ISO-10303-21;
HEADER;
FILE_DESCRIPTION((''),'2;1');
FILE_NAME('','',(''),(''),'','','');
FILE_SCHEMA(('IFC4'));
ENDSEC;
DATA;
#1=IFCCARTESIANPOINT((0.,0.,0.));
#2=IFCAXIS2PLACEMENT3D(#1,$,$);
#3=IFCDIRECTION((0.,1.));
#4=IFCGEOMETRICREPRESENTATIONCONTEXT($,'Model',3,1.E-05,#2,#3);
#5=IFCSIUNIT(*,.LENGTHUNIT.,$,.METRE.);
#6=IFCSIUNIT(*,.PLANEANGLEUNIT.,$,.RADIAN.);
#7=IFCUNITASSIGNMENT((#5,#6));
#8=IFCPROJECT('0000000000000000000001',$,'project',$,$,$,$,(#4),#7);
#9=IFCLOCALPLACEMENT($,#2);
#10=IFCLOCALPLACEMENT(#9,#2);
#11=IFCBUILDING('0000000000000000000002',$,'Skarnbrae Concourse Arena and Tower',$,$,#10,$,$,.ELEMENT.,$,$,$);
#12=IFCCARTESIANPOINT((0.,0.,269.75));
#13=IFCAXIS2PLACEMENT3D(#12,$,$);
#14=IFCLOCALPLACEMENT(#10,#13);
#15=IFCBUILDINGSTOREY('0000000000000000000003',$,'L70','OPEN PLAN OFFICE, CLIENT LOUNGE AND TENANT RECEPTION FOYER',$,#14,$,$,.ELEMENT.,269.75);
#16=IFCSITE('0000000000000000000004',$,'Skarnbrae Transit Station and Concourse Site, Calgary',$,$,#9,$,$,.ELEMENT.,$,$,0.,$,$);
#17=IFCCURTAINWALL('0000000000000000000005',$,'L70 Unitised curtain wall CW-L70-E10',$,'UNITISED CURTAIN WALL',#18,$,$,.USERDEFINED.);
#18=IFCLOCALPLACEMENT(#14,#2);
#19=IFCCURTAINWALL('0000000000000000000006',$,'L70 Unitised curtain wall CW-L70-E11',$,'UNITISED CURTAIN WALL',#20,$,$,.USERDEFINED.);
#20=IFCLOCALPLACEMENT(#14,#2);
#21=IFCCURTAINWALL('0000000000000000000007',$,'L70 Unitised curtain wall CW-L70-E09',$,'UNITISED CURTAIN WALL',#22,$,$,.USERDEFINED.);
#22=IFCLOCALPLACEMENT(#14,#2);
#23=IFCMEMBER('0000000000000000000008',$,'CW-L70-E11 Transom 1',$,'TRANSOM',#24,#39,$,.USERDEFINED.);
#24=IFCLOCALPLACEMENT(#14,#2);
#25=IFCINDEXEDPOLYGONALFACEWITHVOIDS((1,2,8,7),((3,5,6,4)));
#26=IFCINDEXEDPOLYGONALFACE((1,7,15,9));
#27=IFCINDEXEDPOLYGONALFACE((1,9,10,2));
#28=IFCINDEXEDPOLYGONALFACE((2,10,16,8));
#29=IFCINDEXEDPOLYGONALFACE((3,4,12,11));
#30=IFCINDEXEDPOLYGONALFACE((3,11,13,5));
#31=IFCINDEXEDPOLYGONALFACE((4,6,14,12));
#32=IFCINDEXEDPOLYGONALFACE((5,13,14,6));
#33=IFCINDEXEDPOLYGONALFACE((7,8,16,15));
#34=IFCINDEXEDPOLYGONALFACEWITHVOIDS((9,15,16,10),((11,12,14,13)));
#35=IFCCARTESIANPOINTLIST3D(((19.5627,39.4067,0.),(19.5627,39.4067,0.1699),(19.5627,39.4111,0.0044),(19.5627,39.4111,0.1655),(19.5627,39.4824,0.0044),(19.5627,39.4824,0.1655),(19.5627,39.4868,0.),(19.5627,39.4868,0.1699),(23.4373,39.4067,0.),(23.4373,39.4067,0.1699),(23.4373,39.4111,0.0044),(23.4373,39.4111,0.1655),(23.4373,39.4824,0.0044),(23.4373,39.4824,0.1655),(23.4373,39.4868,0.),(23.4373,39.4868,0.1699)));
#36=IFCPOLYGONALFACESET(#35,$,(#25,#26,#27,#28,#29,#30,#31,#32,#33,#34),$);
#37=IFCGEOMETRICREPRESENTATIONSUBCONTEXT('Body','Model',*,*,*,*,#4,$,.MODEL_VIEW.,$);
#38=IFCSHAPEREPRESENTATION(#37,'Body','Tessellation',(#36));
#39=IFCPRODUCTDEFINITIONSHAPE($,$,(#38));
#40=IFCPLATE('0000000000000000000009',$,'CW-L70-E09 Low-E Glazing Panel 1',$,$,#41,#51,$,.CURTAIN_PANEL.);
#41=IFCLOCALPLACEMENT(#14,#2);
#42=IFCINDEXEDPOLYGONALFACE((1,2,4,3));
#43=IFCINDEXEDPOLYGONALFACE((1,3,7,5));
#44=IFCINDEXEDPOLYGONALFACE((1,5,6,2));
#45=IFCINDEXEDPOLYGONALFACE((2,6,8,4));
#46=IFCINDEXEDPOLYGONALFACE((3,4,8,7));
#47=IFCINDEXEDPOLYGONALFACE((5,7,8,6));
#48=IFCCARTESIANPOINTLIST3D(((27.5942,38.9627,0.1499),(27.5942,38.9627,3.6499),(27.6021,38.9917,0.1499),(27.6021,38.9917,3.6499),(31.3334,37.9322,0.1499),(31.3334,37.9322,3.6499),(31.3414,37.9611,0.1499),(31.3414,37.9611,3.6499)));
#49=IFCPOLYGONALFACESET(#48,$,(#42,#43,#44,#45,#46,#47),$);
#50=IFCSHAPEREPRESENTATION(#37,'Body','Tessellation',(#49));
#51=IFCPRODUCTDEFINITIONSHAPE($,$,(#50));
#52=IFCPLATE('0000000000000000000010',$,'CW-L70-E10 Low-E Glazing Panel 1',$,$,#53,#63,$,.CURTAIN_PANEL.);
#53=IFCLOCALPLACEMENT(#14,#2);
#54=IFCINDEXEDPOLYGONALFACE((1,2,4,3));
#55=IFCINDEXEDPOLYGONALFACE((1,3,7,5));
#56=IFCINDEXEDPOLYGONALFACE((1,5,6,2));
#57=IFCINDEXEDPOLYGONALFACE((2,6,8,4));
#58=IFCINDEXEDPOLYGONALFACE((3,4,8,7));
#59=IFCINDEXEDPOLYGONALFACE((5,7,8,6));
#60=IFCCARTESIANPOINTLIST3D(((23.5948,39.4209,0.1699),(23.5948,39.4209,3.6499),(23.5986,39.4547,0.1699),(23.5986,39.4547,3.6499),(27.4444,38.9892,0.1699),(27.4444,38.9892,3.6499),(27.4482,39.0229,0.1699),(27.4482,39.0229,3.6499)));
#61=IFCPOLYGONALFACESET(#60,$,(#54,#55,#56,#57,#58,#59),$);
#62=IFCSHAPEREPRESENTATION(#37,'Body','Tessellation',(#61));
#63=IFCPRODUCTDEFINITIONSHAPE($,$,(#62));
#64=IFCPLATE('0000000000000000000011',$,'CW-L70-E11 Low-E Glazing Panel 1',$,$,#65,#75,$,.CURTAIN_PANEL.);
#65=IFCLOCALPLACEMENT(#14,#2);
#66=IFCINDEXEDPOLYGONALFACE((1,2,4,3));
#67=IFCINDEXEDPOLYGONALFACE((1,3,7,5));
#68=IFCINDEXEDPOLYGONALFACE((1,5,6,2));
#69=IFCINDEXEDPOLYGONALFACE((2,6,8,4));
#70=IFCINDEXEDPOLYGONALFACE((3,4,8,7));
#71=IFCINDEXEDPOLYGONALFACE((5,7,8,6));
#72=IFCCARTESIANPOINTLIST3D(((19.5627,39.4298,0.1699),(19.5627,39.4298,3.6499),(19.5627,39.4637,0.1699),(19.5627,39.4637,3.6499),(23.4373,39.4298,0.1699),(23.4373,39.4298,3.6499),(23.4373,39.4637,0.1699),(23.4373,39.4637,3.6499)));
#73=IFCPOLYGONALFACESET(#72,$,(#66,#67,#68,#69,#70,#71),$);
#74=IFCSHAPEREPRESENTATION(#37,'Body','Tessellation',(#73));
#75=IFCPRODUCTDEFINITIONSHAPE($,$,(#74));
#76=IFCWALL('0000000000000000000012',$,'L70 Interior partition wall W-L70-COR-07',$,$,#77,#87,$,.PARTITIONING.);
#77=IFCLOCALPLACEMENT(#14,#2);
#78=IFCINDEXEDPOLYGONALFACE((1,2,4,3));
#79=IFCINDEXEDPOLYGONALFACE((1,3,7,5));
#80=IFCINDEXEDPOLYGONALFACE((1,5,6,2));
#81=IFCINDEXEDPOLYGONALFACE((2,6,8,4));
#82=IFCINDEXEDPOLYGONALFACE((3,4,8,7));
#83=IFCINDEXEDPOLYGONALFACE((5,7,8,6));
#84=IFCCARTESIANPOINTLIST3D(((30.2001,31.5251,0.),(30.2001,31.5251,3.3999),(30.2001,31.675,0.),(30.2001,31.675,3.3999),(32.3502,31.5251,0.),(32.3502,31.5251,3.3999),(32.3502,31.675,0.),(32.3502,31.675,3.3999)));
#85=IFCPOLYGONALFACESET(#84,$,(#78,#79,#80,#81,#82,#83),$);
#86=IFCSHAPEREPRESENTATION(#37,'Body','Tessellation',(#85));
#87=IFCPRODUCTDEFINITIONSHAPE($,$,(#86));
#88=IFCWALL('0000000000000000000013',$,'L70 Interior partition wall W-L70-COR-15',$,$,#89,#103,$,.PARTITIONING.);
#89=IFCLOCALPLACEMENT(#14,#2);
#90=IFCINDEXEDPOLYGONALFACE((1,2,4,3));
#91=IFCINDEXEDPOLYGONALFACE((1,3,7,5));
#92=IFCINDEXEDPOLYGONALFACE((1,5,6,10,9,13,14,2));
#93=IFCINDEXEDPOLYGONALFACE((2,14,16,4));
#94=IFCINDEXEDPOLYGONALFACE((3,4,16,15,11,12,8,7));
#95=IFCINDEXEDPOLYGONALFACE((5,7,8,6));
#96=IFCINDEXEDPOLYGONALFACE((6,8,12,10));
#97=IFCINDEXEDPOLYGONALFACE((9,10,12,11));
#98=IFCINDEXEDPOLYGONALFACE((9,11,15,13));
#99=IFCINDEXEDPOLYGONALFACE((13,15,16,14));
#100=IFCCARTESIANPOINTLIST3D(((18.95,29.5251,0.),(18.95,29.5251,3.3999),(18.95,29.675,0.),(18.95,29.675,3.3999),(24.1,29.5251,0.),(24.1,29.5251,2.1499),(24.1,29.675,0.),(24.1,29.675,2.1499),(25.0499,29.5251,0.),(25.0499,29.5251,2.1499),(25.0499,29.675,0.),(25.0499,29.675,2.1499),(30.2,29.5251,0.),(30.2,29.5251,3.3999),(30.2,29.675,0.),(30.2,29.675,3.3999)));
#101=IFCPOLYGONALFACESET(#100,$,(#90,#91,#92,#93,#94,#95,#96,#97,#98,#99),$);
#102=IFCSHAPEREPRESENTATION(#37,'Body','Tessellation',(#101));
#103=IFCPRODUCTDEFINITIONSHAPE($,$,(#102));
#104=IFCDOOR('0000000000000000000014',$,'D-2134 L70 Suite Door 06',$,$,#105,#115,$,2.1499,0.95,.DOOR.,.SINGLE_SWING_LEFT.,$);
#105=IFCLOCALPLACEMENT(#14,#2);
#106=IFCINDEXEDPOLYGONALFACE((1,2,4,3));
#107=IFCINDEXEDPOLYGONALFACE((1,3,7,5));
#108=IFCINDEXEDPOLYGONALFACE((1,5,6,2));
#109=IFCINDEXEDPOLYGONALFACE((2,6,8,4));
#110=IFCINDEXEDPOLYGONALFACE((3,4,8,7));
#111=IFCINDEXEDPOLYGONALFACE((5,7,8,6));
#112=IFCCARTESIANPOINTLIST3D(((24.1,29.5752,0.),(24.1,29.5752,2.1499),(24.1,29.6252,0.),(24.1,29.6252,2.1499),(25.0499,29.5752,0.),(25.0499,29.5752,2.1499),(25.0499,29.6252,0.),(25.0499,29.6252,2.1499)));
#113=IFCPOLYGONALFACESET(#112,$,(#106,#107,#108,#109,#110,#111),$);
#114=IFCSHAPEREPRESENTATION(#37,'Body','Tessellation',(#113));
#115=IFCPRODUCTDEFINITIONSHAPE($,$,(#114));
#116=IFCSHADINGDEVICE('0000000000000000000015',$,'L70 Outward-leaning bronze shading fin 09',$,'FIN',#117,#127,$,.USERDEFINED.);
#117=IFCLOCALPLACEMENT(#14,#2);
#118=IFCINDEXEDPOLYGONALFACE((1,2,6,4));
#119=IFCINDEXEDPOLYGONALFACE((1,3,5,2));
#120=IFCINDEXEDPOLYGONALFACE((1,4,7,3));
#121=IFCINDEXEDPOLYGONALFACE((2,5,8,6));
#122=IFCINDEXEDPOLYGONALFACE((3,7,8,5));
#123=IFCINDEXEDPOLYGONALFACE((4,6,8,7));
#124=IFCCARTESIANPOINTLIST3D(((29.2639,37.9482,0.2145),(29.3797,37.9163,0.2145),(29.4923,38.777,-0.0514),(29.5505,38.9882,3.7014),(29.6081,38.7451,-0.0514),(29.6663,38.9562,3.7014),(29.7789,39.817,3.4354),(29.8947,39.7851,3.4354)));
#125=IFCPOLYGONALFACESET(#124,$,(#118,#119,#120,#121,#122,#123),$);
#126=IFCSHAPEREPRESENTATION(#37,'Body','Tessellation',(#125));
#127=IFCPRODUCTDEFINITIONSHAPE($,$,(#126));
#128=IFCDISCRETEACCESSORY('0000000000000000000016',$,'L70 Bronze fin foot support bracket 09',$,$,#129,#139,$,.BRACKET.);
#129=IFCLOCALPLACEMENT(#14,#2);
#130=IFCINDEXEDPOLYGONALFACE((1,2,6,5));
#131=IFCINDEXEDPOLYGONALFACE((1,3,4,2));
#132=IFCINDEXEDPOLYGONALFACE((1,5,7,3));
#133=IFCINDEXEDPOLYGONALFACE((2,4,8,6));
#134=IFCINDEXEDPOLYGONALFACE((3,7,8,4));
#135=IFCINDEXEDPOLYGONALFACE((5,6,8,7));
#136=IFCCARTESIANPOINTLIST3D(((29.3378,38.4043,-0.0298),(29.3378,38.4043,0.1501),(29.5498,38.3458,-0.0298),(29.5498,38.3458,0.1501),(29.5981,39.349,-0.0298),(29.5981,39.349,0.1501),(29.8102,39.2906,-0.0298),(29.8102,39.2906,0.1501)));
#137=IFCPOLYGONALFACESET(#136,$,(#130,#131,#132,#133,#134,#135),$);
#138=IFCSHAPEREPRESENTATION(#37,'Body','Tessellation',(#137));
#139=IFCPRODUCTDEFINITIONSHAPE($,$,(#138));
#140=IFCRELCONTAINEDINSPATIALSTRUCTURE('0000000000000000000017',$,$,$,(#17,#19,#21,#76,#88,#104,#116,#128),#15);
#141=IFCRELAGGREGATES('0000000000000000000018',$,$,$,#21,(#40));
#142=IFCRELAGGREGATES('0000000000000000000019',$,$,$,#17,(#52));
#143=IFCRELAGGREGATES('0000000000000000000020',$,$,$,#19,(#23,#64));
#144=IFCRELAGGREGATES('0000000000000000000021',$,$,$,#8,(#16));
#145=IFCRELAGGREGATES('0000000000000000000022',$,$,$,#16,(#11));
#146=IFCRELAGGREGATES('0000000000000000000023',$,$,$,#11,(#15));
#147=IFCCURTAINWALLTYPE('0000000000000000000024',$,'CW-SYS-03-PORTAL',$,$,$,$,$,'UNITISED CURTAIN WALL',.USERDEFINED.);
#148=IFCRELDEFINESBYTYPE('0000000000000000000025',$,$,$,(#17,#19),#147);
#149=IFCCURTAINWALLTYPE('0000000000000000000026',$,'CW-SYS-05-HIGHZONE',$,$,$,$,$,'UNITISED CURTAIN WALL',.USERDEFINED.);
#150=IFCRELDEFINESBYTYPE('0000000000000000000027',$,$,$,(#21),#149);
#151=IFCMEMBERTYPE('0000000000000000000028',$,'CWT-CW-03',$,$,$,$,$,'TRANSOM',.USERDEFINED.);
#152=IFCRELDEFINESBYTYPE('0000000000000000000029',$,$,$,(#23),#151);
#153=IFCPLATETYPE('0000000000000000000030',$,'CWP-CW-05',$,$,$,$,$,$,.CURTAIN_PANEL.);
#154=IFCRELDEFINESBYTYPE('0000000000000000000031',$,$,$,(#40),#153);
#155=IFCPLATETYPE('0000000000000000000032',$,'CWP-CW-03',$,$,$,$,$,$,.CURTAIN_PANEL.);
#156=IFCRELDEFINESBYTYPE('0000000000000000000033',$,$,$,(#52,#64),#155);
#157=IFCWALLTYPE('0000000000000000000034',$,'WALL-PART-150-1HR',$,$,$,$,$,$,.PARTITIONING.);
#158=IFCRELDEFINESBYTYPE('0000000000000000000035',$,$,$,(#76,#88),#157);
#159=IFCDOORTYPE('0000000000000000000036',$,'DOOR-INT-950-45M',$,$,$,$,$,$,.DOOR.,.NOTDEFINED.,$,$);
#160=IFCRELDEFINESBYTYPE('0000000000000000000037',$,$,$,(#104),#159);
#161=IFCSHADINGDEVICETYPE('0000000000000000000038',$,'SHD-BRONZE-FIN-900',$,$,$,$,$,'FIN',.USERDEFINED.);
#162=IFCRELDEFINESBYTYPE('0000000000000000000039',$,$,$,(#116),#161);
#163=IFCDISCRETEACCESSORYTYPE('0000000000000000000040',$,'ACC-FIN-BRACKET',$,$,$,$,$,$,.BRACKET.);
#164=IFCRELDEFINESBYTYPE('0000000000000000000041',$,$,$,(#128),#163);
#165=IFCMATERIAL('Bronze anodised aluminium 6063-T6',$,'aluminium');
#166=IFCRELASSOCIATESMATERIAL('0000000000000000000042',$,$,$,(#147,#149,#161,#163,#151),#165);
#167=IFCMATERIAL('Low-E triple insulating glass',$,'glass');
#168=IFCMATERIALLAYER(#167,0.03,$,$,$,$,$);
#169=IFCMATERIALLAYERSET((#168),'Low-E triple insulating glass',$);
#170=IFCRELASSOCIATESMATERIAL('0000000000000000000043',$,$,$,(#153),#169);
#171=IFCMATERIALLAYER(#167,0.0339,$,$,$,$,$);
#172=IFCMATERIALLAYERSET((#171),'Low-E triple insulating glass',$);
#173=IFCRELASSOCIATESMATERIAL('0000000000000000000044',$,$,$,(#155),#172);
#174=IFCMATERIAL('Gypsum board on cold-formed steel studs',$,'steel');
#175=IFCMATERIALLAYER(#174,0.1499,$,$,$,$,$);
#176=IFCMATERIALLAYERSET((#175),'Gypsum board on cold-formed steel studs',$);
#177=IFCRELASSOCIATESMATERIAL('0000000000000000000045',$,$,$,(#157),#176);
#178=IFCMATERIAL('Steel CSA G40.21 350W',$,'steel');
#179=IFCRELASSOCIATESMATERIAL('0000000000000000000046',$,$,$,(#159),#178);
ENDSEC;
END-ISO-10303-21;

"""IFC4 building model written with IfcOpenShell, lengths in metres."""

from ifc_helpers import new_model, si_unit, direction, frame, frame_2d, origin, origin_2d, place, context, subcontext, project, spatial, rectangle, hollow_rectangle, extrude, source, transform, mapped, material, layer, layer_set, material_profile, profile_set, type_object, element, fill, aggregate, save


model = new_model("IFC4")

# Units and contexts
model_context = context("Model", 3, precision=1e-05, world=origin(), true_north=direction((0.0, 1.0)))
body_context = subcontext(model_context, "Body", "Model", "MODEL_VIEW")
ifc_project = project(units=[si_unit("LENGTHUNIT", "METRE"), si_unit("PLANEANGLEUNIT", "RADIAN")], contexts=[model_context])

# Site, building, storey
site_placement = place(None, origin())
site = spatial("IfcSite", under=ifc_project, at=site_placement, Name="Skarnbrae Transit Station and Concourse Site, Calgary", CompositionType="ELEMENT", RefElevation=0.0)
building_placement = place(site_placement, origin())
building = spatial("IfcBuilding", under=site, at=building_placement, Name="Skarnbrae Concourse Arena and Tower", CompositionType="ELEMENT")
storey_placement = place(building_placement, frame((0.0, 0.0, 269.75)))
storey = spatial("IfcBuildingStorey", under=building, at=storey_placement, Name="L70", Description="OPEN PLAN OFFICE, CLIENT LOUNGE AND TENANT RECEPTION FOYER", CompositionType="ELEMENT", Elevation=269.75)

# Shared definitions
ifc_material_1 = material(Name="Steel CSA G40.21 350W", Category="steel")

# Curtain wall
ifc_material_2 = material(Name="Bronze anodised aluminium 6063-T6", Category="aluminium")
curtain_wall_type_1 = type_object("IfcCurtainWallType", Name="CW-SYS-03-PORTAL", ElementType="UNITISED CURTAIN WALL", PredefinedType="USERDEFINED", material=ifc_material_2)
curtain_wall_1_placement = place(storey_placement, origin())
curtain_wall_1 = element("IfcCurtainWall", 1, at=curtain_wall_1_placement, inside=storey, type_object=curtain_wall_type_1, Name="L70 Unitised curtain wall CW-L70-E10", ObjectType="UNITISED CURTAIN WALL", PredefinedType="USERDEFINED")

# Curtain walls
curtain_wall_2_placement = place(storey_placement, origin())
curtain_wall_2 = element("IfcCurtainWall", 2, at=curtain_wall_2_placement, inside=storey, type_object=curtain_wall_type_1, Name="L70 Unitised curtain wall CW-L70-E11", ObjectType="UNITISED CURTAIN WALL", PredefinedType="USERDEFINED")
curtain_wall_type_2 = type_object("IfcCurtainWallType", Name="CW-SYS-05-HIGHZONE", ElementType="UNITISED CURTAIN WALL", PredefinedType="USERDEFINED", material=ifc_material_2)
curtain_wall_3_placement = place(storey_placement, origin())
curtain_wall_3 = element("IfcCurtainWall", 3, at=curtain_wall_3_placement, inside=storey, type_object=curtain_wall_type_2, Name="L70 Unitised curtain wall CW-L70-E09", ObjectType="UNITISED CURTAIN WALL", PredefinedType="USERDEFINED")

# Member
ifc_material_profile_1 = material_profile(ifc_material_2, hollow_rectangle(XDim=0.0801, YDim=0.1699, WallThickness=0.0044, at=origin_2d()), Name="ALU-TRAN-80X170")
ifc_profile_set_1 = profile_set([ifc_material_profile_1], Name="Bronze anodised aluminium 6063-T6")
member_type_1 = type_object("IfcMemberType", Name="CWT-CW-03", ElementType="TRANSOM", PredefinedType="USERDEFINED", material=ifc_profile_set_1)
shared_shape_1 = source(origin(), body_context, "Body", "SweptSolid", [
    extrude(hollow_rectangle(XDim=0.0801, YDim=0.1699, WallThickness=0.0044, at=origin_2d()), origin(), (0.0, 0.0, 1.0), 3.8745),
])
member_1_placement = place(storey_placement, frame((23.4373, 39.4468, 0.085), z_axis=(-1.0, 0.0, 0.0), x_axis=(0.0, -1.0, 0.0)))
member_1 = element("IfcMember", 4, at=member_1_placement, type_object=member_type_1, Name="CW-L70-E11 Transom 1", ObjectType="TRANSOM", PredefinedType="USERDEFINED", context=body_context, shape_type="MappedRepresentation", body=[
    mapped(shared_shape_1, transform((0.0, 0.0, 0.0))),
])

# Plates
ifc_material_3 = material(Name="Low-E triple insulating glass", Category="glass")
ifc_layer_1 = layer(ifc_material_3, 0.03)
ifc_layer_set_1 = layer_set([ifc_layer_1], Name="Low-E triple insulating glass")
plate_type_1 = type_object("IfcPlateType", Name="CWP-CW-05", PredefinedType="CURTAIN_PANEL", material=ifc_layer_set_1)
shared_shape_2 = source(origin(), body_context, "Body", "SweptSolid", [
    extrude(rectangle(XDim=3.8787, YDim=0.03, at=origin_2d()), origin(), (0.0, 0.0, 1.0), 3.5),
])
plate_1_placement = place(storey_placement, frame((29.4678, 38.4619, 0.1499), z_axis=(0.0, 0.0, 1.0), x_axis=(-0.964057, 0.265694, 0.0)))
plate_1 = element("IfcPlate", 5, at=plate_1_placement, type_object=plate_type_1, Name="CW-L70-E09 Low-E Glazing Panel 1", PredefinedType="CURTAIN_PANEL", context=body_context, shape_type="MappedRepresentation", body=[
    mapped(shared_shape_2, transform((0.0, 0.0, 0.0))),
])
aggregate(curtain_wall_3, [plate_1])
ifc_layer_2 = layer(ifc_material_3, 0.0339)
ifc_layer_set_2 = layer_set([ifc_layer_2], Name="Low-E triple insulating glass")
plate_type_2 = type_object("IfcPlateType", Name="CWP-CW-03", PredefinedType="CURTAIN_PANEL", material=ifc_layer_set_2)
shared_shape_3 = source(origin(), body_context, "Body", "SweptSolid", [
    extrude(rectangle(XDim=3.8738, YDim=0.0339, at=origin_2d()), origin(), (0.0, 0.0, 1.0), 3.48),
])
plate_2_placement = place(storey_placement, frame((25.5215, 39.2219, 0.1699), z_axis=(0.0, 0.0, 1.0), x_axis=(-0.993769, 0.11146, 0.0)))
plate_2 = element("IfcPlate", 6, at=plate_2_placement, type_object=plate_type_2, Name="CW-L70-E10 Low-E Glazing Panel 1", PredefinedType="CURTAIN_PANEL", context=body_context, shape_type="MappedRepresentation", body=[
    mapped(shared_shape_3, transform((0.0, 0.0, 0.0))),
])
aggregate(curtain_wall_1, [plate_2])
shared_shape_4 = source(origin(), body_context, "Body", "SweptSolid", [
    extrude(rectangle(XDim=3.8745, YDim=0.0339, at=origin_2d()), origin(), (0.0, 0.0, 1.0), 3.48),
])
plate_3_placement = place(storey_placement, frame((21.5, 39.4468, 0.1699), z_axis=(0.0, 0.0, 1.0), x_axis=(-1.0, 0.0, 0.0)))
plate_3 = element("IfcPlate", 7, at=plate_3_placement, type_object=plate_type_2, Name="CW-L70-E11 Low-E Glazing Panel 1", PredefinedType="CURTAIN_PANEL", context=body_context, shape_type="MappedRepresentation", body=[
    mapped(shared_shape_4, transform((0.0, 0.0, 0.0))),
])
aggregate(curtain_wall_2, [member_1, plate_3])

# Wall
ifc_material_4 = material(Name="Gypsum board on cold-formed steel studs", Category="steel")
ifc_layer_3 = layer(ifc_material_4, 0.1499)
ifc_layer_set_3 = layer_set([ifc_layer_3], Name="Gypsum board on cold-formed steel studs")
wall_type = type_object("IfcWallType", Name="WALL-PART-150-1HR", PredefinedType="PARTITIONING", material=ifc_layer_set_3)
shared_shape_5 = source(origin(), body_context, "Body", "SweptSolid", [
    extrude(rectangle(XDim=2.1501, YDim=0.1499, at=frame_2d((1.0752, 0.0))), origin(), (0.0, 0.0, 1.0), 3.3999),
])
wall_1_placement = place(storey_placement, frame((30.2, 31.6001, 0.0), z_axis=(0.0, 0.0, 1.0), x_axis=(1.0, 0.0, 0.0)))
element("IfcWall", 8, at=wall_1_placement, inside=storey, type_object=wall_type, Name="L70 Interior partition wall W-L70-COR-07", PredefinedType="PARTITIONING", context=body_context, shape_type="MappedRepresentation", body=[
    mapped(shared_shape_5, transform((0.0, 0.0, 0.0))),
])

# Wall, opening, door
shared_shape_6 = source(origin(), body_context, "Body", "SweptSolid", [
    extrude(rectangle(XDim=11.25, YDim=0.1499, at=frame_2d((5.625, 0.0))), origin(), (0.0, 0.0, 1.0), 3.3999),
])
wall_2_placement = place(storey_placement, frame((30.2, 29.6001, 0.0), z_axis=(0.0, 0.0, 1.0), x_axis=(-1.0, 0.0, 0.0)))
wall_2 = element("IfcWall", 9, at=wall_2_placement, inside=storey, type_object=wall_type, Name="L70 Interior partition wall W-L70-COR-15", PredefinedType="PARTITIONING", context=body_context, shape_type="MappedRepresentation", body=[
    mapped(shared_shape_6, transform((0.0, 0.0, 0.0))),
])
opening_placement = place(wall_2_placement, frame((5.1499, 0.0, 0.0)))
opening = element("IfcOpeningElement", 10, at=opening_placement, cuts=wall_2, PredefinedType="OPENING", context=body_context, shape_type="SweptSolid", body=[
    extrude(rectangle(XDim=0.95, YDim=2.1499, at=frame_2d((0.4751, 1.075))), frame((0.0, 0.085, 0.0), z_axis=(0.0, -1.0, 0.0), x_axis=(1.0, 0.0, 0.0)), (0.0, 0.0, 1.0), 0.1699),
])
door_type = type_object("IfcDoorType", Name="DOOR-INT-950-45M", OperationType="NOTDEFINED", PredefinedType="DOOR", material=ifc_material_1)
shared_shape_7 = source(origin(), body_context, "Body", "SweptSolid", [
    extrude(rectangle(XDim=0.95, YDim=2.1499, at=frame_2d((0.4751, 1.075))), frame((0.0, 0.0249, 0.0), z_axis=(0.0, -1.0, 0.0), x_axis=(1.0, 0.0, 0.0)), (0.0, 0.0, 1.0), 0.05),
])
door_placement = place(opening_placement, origin())
door = element("IfcDoor", 11, at=door_placement, inside=storey, type_object=door_type, Name="D-2134 L70 Suite Door 06", OperationType="SINGLE_SWING_LEFT", OverallHeight=2.1499, OverallWidth=0.95, PredefinedType="DOOR", context=body_context, shape_type="MappedRepresentation", body=[
    mapped(shared_shape_7, transform((0.0, 0.0, 0.0))),
])
fill(opening, door)

# Shading device
shading_device_type = type_object("IfcShadingDeviceType", Name="SHD-BRONZE-FIN-900", ElementType="FIN", PredefinedType="USERDEFINED", material=ifc_material_2)
shared_shape_8 = source(origin(), body_context, "Body", "SweptSolid", [
    extrude(rectangle(XDim=0.1201, YDim=0.8999, at=origin_2d()), origin(), (0.0, 0.0, 1.0), 3.6499),
])
shading_device_placement = place(storey_placement, frame((29.436, 38.3467, 0.0815), z_axis=(0.078523, 0.284919, 0.95533), x_axis=(0.964058, -0.265691, 0.0)))
element("IfcShadingDevice", 12, at=shading_device_placement, inside=storey, type_object=shading_device_type, Name="L70 Outward-leaning bronze shading fin 09", ObjectType="FIN", PredefinedType="USERDEFINED", context=body_context, shape_type="MappedRepresentation", body=[
    mapped(shared_shape_8, transform((0.0, 0.0, 0.0))),
])

# Discrete accessory
discrete_accessory_type = type_object("IfcDiscreteAccessoryType", Name="ACC-FIN-BRACKET", PredefinedType="BRACKET", material=ifc_material_2)
shared_shape_9 = source(origin(), body_context, "Body", "SweptSolid", [
    extrude(rectangle(XDim=0.22, YDim=0.98, at=origin_2d()), origin(), (0.0, 0.0, 1.0), 0.1799),
])
discrete_accessory_placement = place(storey_placement, frame((29.574, 38.8474, -0.0298), z_axis=(0.0, 0.0, 1.0), x_axis=(0.964058, -0.265691, 0.0)))
element("IfcDiscreteAccessory", 13, at=discrete_accessory_placement, inside=storey, type_object=discrete_accessory_type, Name="L70 Bronze fin foot support bracket 09", PredefinedType="BRACKET", context=body_context, shape_type="MappedRepresentation", body=[
    mapped(shared_shape_9, transform((0.0, 0.0, 0.0))),
])

save(model, "model.ifc")
